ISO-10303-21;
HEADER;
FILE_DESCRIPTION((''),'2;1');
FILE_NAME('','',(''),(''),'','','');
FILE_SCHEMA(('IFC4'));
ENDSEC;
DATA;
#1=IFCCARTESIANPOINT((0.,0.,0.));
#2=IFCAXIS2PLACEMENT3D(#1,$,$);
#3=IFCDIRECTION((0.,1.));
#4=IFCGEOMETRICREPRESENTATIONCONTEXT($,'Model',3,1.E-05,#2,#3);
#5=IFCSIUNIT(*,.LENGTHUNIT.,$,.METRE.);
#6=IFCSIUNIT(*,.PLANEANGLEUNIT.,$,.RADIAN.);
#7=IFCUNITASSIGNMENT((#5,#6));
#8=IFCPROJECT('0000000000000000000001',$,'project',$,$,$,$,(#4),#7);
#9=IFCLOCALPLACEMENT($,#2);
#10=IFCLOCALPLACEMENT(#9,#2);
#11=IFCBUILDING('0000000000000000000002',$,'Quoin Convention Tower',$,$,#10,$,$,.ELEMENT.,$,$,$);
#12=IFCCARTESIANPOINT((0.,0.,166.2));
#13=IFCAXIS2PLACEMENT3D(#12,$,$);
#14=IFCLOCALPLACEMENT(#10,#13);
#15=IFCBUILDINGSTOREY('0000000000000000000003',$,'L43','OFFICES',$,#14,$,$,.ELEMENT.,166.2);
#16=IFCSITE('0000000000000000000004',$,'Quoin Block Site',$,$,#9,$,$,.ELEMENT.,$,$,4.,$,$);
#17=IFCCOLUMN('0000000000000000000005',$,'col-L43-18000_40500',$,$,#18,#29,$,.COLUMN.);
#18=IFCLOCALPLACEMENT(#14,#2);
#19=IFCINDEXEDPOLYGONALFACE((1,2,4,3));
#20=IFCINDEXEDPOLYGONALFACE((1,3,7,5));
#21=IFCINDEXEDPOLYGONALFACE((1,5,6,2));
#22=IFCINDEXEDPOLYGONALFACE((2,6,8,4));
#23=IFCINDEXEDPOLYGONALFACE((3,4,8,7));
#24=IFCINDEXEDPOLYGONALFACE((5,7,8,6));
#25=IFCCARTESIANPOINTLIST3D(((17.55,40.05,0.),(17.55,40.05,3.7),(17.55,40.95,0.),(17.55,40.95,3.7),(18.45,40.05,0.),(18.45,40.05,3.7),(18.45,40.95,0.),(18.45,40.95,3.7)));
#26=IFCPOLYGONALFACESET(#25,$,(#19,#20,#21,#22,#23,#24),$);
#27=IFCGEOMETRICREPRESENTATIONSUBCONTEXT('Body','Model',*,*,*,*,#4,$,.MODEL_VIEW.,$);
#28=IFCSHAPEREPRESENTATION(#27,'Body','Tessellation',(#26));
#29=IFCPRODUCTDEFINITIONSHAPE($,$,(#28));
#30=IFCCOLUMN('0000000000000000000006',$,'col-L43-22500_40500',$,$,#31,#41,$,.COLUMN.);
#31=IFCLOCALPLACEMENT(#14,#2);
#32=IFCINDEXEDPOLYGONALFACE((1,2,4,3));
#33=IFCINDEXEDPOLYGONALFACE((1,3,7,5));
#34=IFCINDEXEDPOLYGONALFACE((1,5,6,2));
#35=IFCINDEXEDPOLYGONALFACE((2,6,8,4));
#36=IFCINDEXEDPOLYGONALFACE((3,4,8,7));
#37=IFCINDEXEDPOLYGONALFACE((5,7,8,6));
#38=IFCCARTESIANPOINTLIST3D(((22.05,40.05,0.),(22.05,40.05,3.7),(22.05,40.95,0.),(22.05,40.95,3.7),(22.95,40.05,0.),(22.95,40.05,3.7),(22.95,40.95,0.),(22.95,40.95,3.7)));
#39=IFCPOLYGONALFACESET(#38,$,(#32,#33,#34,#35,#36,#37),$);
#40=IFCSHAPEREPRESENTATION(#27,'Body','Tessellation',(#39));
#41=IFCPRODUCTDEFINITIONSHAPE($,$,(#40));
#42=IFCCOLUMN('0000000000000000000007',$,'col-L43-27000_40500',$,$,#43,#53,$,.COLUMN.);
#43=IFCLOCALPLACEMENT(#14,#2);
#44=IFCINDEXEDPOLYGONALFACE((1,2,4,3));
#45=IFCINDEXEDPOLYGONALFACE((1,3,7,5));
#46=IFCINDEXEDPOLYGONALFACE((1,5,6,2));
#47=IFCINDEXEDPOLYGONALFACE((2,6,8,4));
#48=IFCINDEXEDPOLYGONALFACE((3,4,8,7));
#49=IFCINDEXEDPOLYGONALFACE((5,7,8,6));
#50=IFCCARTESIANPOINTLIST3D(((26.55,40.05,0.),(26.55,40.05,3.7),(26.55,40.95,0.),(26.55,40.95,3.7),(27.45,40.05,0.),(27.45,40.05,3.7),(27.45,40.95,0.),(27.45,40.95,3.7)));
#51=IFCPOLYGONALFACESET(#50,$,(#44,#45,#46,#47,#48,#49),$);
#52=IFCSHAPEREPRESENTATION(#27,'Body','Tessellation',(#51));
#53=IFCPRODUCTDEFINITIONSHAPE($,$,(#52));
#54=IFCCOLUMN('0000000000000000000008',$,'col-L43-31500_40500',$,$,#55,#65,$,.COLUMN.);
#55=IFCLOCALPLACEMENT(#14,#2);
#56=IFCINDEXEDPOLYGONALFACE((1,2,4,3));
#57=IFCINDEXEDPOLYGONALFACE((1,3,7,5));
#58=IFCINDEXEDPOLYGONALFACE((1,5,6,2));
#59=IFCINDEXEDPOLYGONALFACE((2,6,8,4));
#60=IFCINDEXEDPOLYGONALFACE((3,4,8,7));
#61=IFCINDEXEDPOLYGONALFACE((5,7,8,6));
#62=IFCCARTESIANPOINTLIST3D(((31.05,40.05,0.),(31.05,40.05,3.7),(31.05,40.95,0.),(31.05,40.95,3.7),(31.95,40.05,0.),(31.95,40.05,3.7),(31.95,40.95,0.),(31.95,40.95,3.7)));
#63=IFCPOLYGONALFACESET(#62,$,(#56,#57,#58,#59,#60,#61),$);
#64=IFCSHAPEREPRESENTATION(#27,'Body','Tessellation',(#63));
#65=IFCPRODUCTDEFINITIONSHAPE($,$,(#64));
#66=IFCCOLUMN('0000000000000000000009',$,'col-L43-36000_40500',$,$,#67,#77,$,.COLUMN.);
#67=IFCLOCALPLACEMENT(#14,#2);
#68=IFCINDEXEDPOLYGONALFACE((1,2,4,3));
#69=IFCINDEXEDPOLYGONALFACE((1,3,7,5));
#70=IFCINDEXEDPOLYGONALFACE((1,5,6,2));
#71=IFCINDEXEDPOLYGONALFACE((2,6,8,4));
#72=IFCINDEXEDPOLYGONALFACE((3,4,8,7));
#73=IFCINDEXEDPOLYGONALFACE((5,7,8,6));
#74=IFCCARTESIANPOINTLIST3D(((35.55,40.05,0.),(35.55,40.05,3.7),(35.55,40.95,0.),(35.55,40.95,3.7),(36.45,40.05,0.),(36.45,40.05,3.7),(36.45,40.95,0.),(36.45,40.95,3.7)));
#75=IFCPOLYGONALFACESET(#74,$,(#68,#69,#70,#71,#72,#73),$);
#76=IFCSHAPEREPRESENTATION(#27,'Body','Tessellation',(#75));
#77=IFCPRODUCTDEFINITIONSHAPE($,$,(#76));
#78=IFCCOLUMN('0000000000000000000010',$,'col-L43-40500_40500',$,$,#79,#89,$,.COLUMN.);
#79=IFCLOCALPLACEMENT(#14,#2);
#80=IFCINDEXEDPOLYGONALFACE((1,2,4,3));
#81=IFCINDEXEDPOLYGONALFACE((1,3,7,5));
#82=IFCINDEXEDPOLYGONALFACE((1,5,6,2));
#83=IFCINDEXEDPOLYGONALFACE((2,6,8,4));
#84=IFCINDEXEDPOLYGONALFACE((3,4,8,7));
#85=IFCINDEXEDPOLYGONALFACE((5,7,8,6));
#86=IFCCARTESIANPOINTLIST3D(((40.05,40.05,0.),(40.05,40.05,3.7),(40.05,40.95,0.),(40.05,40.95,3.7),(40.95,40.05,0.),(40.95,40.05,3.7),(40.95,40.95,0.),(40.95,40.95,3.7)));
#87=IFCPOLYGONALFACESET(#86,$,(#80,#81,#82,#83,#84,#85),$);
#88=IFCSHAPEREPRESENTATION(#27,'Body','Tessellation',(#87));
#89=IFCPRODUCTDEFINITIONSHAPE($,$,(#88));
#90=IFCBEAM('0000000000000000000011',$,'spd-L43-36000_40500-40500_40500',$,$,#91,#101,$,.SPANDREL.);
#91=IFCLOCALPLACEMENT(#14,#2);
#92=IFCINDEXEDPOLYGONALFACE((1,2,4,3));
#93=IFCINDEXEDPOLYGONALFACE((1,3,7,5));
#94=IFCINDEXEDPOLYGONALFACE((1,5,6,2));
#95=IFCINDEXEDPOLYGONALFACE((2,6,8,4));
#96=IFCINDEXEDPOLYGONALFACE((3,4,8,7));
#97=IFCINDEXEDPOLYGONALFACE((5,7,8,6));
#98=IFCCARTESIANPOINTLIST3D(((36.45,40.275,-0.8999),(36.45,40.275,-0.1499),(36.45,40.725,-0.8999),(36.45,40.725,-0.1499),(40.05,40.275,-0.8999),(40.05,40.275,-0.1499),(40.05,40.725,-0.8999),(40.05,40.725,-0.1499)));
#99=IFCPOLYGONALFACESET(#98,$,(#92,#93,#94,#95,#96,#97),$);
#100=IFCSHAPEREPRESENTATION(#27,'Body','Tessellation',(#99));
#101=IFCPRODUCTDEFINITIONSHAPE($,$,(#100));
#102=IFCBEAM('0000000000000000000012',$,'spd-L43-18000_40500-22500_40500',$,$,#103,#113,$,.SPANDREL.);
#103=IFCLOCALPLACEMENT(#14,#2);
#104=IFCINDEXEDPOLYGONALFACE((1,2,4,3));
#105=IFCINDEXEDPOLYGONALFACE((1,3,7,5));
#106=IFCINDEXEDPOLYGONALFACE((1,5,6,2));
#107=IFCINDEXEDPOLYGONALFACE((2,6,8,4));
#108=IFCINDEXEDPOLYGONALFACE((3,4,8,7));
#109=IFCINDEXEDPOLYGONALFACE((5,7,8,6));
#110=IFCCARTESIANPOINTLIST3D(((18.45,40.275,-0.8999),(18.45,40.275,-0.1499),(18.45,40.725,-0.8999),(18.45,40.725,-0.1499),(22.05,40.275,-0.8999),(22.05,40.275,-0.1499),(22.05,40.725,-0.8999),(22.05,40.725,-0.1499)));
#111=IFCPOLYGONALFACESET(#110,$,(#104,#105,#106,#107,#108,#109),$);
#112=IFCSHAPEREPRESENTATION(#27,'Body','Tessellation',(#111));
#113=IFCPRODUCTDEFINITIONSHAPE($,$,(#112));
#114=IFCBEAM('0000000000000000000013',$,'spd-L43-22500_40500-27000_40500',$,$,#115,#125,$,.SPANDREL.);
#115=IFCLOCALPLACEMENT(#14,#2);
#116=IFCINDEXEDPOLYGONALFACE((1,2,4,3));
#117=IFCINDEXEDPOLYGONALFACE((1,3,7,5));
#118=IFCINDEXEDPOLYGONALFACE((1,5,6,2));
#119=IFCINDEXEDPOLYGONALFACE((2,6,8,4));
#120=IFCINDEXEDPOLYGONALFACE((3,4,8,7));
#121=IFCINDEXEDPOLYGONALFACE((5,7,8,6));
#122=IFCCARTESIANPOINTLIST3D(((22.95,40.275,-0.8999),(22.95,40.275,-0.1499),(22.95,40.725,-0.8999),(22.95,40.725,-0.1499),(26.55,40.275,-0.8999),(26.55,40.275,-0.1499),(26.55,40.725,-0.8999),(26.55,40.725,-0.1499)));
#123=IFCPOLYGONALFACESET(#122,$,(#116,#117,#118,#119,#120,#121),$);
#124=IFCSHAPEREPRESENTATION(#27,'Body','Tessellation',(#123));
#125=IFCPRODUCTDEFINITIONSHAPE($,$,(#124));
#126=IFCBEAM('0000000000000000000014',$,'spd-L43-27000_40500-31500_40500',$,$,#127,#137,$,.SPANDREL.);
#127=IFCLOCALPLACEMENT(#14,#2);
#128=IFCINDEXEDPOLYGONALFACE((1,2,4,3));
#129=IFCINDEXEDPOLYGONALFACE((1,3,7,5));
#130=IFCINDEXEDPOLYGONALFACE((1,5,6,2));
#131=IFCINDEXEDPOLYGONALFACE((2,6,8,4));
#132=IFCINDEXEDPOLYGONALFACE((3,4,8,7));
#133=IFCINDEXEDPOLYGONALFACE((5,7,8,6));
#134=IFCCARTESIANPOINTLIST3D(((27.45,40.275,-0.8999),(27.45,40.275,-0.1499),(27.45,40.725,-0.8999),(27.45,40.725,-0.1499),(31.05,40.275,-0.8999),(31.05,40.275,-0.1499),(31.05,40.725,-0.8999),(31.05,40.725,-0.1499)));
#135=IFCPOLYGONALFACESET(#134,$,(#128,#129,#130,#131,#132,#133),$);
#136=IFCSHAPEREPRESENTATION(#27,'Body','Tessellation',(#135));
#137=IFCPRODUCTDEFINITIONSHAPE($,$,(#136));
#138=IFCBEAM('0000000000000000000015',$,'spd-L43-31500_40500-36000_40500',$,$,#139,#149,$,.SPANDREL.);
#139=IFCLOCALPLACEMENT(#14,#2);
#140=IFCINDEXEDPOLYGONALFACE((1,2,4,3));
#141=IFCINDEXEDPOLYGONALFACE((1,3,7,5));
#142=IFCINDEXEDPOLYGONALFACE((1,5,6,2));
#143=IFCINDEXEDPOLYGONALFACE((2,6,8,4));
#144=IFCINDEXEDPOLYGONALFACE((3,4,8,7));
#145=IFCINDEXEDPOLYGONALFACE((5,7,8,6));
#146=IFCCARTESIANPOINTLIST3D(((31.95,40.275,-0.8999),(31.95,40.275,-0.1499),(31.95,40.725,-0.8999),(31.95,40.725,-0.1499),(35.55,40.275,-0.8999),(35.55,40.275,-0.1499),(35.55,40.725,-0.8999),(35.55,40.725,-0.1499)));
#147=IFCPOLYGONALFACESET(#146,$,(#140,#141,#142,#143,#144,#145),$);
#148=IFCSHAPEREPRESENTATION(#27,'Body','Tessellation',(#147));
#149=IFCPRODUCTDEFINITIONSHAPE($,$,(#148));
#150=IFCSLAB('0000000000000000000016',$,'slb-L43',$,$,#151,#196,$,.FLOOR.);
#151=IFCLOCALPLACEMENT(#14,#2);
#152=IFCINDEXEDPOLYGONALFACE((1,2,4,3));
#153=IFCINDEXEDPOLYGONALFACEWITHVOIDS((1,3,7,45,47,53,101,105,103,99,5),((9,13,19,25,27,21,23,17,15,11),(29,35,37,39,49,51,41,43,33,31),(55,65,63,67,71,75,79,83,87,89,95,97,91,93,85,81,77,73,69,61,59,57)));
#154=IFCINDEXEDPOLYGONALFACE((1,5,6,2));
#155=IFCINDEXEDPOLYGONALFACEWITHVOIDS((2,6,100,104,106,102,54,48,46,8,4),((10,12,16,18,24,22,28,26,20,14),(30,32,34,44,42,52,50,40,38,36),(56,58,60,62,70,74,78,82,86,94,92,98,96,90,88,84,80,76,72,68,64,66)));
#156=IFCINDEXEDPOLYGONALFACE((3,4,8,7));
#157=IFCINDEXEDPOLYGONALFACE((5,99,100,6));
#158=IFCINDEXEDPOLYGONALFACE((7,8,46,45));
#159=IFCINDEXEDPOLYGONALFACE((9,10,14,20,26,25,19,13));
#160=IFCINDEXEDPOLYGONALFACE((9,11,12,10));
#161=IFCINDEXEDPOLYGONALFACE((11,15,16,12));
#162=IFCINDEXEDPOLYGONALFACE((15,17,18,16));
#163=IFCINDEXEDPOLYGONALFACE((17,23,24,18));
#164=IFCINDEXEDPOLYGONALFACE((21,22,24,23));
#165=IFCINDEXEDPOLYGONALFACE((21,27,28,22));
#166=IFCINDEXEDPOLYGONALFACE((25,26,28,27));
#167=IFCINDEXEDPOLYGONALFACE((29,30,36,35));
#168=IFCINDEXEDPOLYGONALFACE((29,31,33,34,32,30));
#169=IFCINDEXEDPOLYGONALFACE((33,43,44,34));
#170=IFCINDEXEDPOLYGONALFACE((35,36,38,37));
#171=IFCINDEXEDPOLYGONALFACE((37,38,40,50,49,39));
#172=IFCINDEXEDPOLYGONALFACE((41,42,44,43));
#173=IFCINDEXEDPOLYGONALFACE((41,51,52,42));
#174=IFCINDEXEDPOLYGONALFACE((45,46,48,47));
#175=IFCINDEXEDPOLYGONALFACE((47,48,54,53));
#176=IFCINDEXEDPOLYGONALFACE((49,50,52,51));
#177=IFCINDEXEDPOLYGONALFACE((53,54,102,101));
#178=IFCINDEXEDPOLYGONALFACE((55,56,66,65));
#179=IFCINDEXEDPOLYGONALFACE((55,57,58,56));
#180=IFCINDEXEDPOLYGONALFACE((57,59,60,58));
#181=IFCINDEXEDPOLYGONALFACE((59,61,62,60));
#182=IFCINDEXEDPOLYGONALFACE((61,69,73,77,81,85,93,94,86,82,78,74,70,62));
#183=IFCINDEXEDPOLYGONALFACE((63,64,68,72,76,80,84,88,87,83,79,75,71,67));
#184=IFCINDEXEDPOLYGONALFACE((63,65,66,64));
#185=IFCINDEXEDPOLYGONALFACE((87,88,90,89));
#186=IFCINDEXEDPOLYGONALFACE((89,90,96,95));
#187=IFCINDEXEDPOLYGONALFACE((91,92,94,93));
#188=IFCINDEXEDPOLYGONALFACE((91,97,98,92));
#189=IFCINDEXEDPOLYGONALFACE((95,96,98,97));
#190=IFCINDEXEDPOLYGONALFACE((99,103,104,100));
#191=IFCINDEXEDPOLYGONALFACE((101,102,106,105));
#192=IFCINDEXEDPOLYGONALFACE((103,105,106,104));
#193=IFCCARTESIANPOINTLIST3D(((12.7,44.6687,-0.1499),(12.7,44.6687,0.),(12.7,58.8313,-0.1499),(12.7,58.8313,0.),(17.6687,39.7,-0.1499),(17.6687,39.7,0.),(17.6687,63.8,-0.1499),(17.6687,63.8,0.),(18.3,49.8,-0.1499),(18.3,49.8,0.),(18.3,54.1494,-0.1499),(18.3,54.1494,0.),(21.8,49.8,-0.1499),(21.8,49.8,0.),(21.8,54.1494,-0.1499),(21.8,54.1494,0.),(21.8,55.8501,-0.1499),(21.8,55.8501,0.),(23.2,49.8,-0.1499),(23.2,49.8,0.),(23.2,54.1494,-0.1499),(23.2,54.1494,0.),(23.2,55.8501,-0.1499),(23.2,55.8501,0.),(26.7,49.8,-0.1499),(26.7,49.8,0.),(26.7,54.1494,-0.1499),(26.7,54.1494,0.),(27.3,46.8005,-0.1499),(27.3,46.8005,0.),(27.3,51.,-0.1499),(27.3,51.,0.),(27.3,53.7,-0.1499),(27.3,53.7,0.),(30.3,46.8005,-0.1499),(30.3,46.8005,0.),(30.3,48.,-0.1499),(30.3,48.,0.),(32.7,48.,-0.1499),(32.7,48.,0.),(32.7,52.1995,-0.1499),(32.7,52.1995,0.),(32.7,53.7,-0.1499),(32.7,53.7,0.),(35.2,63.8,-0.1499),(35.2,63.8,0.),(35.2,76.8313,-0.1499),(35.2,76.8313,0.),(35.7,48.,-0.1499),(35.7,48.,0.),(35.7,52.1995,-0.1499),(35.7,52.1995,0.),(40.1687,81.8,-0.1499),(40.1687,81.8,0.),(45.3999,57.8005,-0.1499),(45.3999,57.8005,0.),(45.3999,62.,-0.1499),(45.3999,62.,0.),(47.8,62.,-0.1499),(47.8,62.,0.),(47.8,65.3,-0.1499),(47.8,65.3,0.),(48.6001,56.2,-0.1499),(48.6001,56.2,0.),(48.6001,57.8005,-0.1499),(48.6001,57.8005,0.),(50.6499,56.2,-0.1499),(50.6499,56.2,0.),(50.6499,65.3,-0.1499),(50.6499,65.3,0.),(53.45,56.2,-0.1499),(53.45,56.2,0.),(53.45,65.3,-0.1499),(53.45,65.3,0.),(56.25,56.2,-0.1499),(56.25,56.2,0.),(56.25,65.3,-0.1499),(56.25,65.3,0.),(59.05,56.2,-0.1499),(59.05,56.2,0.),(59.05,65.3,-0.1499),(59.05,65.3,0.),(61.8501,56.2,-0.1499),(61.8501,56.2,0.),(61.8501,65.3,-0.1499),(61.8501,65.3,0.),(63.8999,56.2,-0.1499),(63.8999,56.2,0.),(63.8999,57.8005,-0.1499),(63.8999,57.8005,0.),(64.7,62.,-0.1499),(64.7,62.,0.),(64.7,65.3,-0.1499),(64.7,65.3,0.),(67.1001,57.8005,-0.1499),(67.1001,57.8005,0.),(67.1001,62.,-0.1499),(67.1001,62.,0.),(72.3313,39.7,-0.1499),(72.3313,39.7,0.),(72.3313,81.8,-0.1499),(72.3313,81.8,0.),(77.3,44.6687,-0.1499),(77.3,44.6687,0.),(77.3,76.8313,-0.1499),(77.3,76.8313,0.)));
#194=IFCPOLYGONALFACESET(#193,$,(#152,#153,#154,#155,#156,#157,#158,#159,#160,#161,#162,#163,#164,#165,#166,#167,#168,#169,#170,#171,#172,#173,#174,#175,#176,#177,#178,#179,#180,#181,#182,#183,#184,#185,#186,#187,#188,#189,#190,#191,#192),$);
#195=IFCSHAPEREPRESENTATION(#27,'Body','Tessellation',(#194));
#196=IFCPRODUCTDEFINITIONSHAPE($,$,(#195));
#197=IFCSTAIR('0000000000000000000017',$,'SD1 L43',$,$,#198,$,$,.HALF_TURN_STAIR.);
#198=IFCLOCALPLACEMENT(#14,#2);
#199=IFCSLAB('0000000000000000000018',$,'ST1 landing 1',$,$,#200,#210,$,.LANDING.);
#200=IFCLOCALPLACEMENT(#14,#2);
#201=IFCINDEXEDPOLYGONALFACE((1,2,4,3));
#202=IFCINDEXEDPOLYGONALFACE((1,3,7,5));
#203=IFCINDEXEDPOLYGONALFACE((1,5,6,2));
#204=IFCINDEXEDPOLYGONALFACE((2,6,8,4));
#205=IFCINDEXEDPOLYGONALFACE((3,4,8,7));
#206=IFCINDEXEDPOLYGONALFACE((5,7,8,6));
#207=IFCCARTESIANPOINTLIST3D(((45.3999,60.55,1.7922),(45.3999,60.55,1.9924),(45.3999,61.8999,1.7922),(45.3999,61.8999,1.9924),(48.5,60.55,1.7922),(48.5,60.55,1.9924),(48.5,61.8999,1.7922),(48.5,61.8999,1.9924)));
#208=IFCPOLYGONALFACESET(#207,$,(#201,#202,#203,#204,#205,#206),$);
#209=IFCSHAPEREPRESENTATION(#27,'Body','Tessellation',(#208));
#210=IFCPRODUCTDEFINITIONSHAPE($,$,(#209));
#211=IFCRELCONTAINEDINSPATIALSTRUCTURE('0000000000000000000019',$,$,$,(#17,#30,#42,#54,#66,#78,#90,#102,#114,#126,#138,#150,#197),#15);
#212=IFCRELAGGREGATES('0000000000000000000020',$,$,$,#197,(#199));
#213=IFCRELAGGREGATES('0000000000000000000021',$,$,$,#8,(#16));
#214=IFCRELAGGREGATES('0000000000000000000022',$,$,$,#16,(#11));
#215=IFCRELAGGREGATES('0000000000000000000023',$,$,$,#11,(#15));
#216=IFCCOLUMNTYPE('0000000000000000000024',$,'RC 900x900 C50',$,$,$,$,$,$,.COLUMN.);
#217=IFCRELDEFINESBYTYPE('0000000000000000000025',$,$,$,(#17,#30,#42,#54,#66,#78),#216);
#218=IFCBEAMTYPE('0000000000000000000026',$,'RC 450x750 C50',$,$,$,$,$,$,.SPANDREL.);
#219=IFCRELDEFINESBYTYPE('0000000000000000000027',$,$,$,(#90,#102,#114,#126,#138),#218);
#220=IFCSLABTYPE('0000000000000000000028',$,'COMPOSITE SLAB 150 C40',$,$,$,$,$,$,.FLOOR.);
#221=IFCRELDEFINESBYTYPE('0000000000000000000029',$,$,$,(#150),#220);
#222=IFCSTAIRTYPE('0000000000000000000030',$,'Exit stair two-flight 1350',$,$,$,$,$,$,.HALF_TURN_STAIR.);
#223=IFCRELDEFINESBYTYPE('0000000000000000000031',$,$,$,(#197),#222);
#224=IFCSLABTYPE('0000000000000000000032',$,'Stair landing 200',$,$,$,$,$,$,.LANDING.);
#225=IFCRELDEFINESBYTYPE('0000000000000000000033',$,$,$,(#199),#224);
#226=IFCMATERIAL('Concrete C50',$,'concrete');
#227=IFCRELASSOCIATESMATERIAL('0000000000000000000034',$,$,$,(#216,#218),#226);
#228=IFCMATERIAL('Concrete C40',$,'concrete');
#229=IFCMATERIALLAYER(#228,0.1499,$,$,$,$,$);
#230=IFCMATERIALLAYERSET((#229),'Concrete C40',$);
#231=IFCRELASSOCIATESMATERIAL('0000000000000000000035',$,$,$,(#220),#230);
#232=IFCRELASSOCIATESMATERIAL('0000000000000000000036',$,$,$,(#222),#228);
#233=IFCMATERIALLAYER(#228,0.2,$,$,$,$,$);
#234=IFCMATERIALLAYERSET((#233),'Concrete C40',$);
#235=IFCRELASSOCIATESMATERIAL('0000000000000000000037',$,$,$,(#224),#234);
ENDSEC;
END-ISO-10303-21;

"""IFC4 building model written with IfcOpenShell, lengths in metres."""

from ifc_helpers import new_model, si_unit, direction, frame, origin, origin_2d, place, context, subcontext, project, spatial, polyline, rectangle, outline, extrude, material, layer, layer_set, material_profile, profile_set, type_object, element, aggregate, save


model = new_model("IFC4")

# Units and contexts
model_context = context("Model", 3, precision=1e-05, world=origin(), true_north=direction((0.0, 1.0)))
body_context = subcontext(model_context, "Body", "Model", "MODEL_VIEW")
ifc_project = project(units=[si_unit("LENGTHUNIT", "METRE"), si_unit("PLANEANGLEUNIT", "RADIAN")], contexts=[model_context])

# Site, building, storey
site_placement = place(None, origin())
site = spatial("IfcSite", under=ifc_project, at=site_placement, Name="Quoin Block Site", CompositionType="ELEMENT", RefElevation=4.0)
building_placement = place(site_placement, origin())
building = spatial("IfcBuilding", under=site, at=building_placement, Name="Quoin Convention Tower", CompositionType="ELEMENT")
storey_placement = place(building_placement, frame((0.0, 0.0, 166.2)))
storey = spatial("IfcBuildingStorey", under=building, at=storey_placement, Name="L43", Description="OFFICES", CompositionType="ELEMENT", Elevation=166.2)

# Columns
ifc_material_1 = material(Name="Concrete C50", Category="concrete")
ifc_material_profile_1 = material_profile(ifc_material_1, rectangle(XDim=0.8999, YDim=0.8999, at=origin_2d()), Name="RC 900x900")
ifc_profile_set_1 = profile_set([ifc_material_profile_1], Name="Concrete C50")
column_type = type_object("IfcColumnType", Name="RC 900x900 C50", PredefinedType="COLUMN", material=ifc_profile_set_1)
for number, where, z_axis, x_axis, name in (
    (1, (18.0, 40.5, 0.0), (0.0, 0.0, 1.0), (1.0, 0.0, 0.0), "col-L43-18000_40500"),
    (2, (22.5, 40.5, 0.0), (0.0, 0.0, 1.0), (1.0, 0.0, 0.0), "col-L43-22500_40500"),
    (3, (27.0, 40.5, 0.0), (0.0, 0.0, 1.0), (1.0, 0.0, 0.0), "col-L43-27000_40500"),
    (4, (31.5, 40.5, 0.0), (0.0, 0.0, 1.0), (1.0, 0.0, 0.0), "col-L43-31500_40500"),
    (5, (36.0, 40.5, 0.0), (0.0, 0.0, 1.0), (1.0, 0.0, 0.0), "col-L43-36000_40500"),
    (6, (40.5, 40.5, 0.0), (0.0, 0.0, 1.0), (1.0, 0.0, 0.0), "col-L43-40500_40500"),
):
    element("IfcColumn", number, at=place(storey_placement, frame(where, z_axis=z_axis, x_axis=x_axis)), inside=storey, type_object=column_type, Name=name, PredefinedType="COLUMN", context=body_context, shape_type="SweptSolid", body=[
        extrude(rectangle(XDim=0.8999, YDim=0.8999, at=origin_2d()), origin(), (0.0, 0.0, 1.0), 3.7),
    ])

# Beams
ifc_material_profile_2 = material_profile(ifc_material_1, rectangle(XDim=0.45, YDim=0.75, at=origin_2d()), Name="RC 450x750")
ifc_profile_set_2 = profile_set([ifc_material_profile_2], Name="Concrete C50")
beam_type = type_object("IfcBeamType", Name="RC 450x750 C50", PredefinedType="SPANDREL", material=ifc_profile_set_2)
for number, where, z_axis, x_axis, name in (
    (7, (36.45, 40.5, -0.5249), (1.0, 0.0, 0.0), (0.0, 1.0, 0.0), "spd-L43-36000_40500-40500_40500"),
    (8, (18.45, 40.5, -0.5249), (1.0, 0.0, 0.0), (0.0, 1.0, 0.0), "spd-L43-18000_40500-22500_40500"),
    (9, (22.95, 40.5, -0.5249), (1.0, 0.0, 0.0), (0.0, 1.0, 0.0), "spd-L43-22500_40500-27000_40500"),
    (10, (27.45, 40.5, -0.5249), (1.0, 0.0, 0.0), (0.0, 1.0, 0.0), "spd-L43-27000_40500-31500_40500"),
    (11, (31.95, 40.5, -0.5249), (1.0, 0.0, 0.0), (0.0, 1.0, 0.0), "spd-L43-31500_40500-36000_40500"),
):
    element("IfcBeam", number, at=place(storey_placement, frame(where, z_axis=z_axis, x_axis=x_axis)), inside=storey, type_object=beam_type, Name=name, PredefinedType="SPANDREL", context=body_context, shape_type="SweptSolid", body=[
        extrude(rectangle(XDim=0.45, YDim=0.75, at=origin_2d()), origin(), (0.0, 0.0, 1.0), 3.6001),
    ])

# Slab
ifc_material_2 = material(Name="Concrete C40", Category="concrete")
ifc_layer_1 = layer(ifc_material_2, 0.1499)
ifc_layer_set_1 = layer_set([ifc_layer_1], Name="Concrete C40")
slab_type_1 = type_object("IfcSlabType", Name="COMPOSITE SLAB 150 C40", PredefinedType="FLOOR", material=ifc_layer_set_1)
slab_1_placement = place(storey_placement, frame((0.0, 0.0, -0.1499)))
element("IfcSlab", 12, at=slab_1_placement, inside=storey, type_object=slab_type_1, Name="slb-L43", PredefinedType="FLOOR", context=body_context, shape_type="SweptSolid", body=[
    extrude(outline(polyline([(17.6687, 39.7), (12.7, 44.6687), (12.7, 58.8313), (17.6687, 63.8), (35.2, 63.8), (35.2, 76.8313), (40.1687, 81.8), (72.3313, 81.8), (77.3, 76.8313), (77.3, 44.6687), (72.3313, 39.7), (17.6687, 39.7)]), holes=[polyline([(27.3, 51.0), (27.3, 46.8005), (30.3, 46.8005), (30.3, 48.0), (32.7, 48.0), (35.7, 48.0), (35.7, 52.1995), (32.7, 52.1995), (32.7, 53.7), (27.3, 53.7), (27.3, 51.0)]), polyline([(18.3, 49.8), (21.8, 49.8), (23.2, 49.8), (26.7, 49.8), (26.7, 54.1494), (23.2, 54.1494), (23.2, 55.8501), (21.8, 55.8501), (21.8, 54.1494), (18.3, 54.1494), (18.3, 49.8)]), polyline([(48.6001, 56.2), (50.6499, 56.2), (53.45, 56.2), (56.25, 56.2), (59.05, 56.2), (61.8501, 56.2), (63.8999, 56.2), (63.8999, 57.8005), (67.1001, 57.8005), (67.1001, 62.0), (64.7, 62.0), (64.7, 65.3), (61.8501, 65.3), (59.05, 65.3), (56.25, 65.3), (53.45, 65.3), (50.6499, 65.3), (47.8, 65.3), (47.8, 62.0), (45.3999, 62.0), (45.3999, 57.8005), (48.6001, 57.8005), (48.6001, 56.2)])]), origin(), (0.0, 0.0, 1.0), 0.1499),
])

# Stair, slab
stair_type_1 = type_object("IfcStairType", Name="Exit stair two-flight 1350", PredefinedType="HALF_TURN_STAIR", material=ifc_material_2)
stair_1_placement = place(storey_placement, origin())
stair_1 = element("IfcStair", 13, at=stair_1_placement, inside=storey, type_object=stair_type_1, Name="SD1 L43", PredefinedType="HALF_TURN_STAIR")
ifc_layer_2 = layer(ifc_material_2, 0.2)
ifc_layer_set_2 = layer_set([ifc_layer_2], Name="Concrete C40")
slab_type_2 = type_object("IfcSlabType", Name="Stair landing 200", PredefinedType="LANDING", material=ifc_layer_set_2)
slab_2_placement = place(storey_placement, frame((0.0, 0.0, 1.7922)))
slab_2 = element("IfcSlab", 14, at=slab_2_placement, type_object=slab_type_2, Name="ST1 landing 1", PredefinedType="LANDING", context=body_context, shape_type="SweptSolid", body=[
    extrude(outline(polyline([(45.3999, 60.55), (48.5, 60.55), (48.5, 61.8999), (45.3999, 61.8999), (45.3999, 60.55)])), origin(), (0.0, 0.0, 1.0), 0.2002),
])
aggregate(stair_1, [slab_2])

save(model, "model.ifc")
